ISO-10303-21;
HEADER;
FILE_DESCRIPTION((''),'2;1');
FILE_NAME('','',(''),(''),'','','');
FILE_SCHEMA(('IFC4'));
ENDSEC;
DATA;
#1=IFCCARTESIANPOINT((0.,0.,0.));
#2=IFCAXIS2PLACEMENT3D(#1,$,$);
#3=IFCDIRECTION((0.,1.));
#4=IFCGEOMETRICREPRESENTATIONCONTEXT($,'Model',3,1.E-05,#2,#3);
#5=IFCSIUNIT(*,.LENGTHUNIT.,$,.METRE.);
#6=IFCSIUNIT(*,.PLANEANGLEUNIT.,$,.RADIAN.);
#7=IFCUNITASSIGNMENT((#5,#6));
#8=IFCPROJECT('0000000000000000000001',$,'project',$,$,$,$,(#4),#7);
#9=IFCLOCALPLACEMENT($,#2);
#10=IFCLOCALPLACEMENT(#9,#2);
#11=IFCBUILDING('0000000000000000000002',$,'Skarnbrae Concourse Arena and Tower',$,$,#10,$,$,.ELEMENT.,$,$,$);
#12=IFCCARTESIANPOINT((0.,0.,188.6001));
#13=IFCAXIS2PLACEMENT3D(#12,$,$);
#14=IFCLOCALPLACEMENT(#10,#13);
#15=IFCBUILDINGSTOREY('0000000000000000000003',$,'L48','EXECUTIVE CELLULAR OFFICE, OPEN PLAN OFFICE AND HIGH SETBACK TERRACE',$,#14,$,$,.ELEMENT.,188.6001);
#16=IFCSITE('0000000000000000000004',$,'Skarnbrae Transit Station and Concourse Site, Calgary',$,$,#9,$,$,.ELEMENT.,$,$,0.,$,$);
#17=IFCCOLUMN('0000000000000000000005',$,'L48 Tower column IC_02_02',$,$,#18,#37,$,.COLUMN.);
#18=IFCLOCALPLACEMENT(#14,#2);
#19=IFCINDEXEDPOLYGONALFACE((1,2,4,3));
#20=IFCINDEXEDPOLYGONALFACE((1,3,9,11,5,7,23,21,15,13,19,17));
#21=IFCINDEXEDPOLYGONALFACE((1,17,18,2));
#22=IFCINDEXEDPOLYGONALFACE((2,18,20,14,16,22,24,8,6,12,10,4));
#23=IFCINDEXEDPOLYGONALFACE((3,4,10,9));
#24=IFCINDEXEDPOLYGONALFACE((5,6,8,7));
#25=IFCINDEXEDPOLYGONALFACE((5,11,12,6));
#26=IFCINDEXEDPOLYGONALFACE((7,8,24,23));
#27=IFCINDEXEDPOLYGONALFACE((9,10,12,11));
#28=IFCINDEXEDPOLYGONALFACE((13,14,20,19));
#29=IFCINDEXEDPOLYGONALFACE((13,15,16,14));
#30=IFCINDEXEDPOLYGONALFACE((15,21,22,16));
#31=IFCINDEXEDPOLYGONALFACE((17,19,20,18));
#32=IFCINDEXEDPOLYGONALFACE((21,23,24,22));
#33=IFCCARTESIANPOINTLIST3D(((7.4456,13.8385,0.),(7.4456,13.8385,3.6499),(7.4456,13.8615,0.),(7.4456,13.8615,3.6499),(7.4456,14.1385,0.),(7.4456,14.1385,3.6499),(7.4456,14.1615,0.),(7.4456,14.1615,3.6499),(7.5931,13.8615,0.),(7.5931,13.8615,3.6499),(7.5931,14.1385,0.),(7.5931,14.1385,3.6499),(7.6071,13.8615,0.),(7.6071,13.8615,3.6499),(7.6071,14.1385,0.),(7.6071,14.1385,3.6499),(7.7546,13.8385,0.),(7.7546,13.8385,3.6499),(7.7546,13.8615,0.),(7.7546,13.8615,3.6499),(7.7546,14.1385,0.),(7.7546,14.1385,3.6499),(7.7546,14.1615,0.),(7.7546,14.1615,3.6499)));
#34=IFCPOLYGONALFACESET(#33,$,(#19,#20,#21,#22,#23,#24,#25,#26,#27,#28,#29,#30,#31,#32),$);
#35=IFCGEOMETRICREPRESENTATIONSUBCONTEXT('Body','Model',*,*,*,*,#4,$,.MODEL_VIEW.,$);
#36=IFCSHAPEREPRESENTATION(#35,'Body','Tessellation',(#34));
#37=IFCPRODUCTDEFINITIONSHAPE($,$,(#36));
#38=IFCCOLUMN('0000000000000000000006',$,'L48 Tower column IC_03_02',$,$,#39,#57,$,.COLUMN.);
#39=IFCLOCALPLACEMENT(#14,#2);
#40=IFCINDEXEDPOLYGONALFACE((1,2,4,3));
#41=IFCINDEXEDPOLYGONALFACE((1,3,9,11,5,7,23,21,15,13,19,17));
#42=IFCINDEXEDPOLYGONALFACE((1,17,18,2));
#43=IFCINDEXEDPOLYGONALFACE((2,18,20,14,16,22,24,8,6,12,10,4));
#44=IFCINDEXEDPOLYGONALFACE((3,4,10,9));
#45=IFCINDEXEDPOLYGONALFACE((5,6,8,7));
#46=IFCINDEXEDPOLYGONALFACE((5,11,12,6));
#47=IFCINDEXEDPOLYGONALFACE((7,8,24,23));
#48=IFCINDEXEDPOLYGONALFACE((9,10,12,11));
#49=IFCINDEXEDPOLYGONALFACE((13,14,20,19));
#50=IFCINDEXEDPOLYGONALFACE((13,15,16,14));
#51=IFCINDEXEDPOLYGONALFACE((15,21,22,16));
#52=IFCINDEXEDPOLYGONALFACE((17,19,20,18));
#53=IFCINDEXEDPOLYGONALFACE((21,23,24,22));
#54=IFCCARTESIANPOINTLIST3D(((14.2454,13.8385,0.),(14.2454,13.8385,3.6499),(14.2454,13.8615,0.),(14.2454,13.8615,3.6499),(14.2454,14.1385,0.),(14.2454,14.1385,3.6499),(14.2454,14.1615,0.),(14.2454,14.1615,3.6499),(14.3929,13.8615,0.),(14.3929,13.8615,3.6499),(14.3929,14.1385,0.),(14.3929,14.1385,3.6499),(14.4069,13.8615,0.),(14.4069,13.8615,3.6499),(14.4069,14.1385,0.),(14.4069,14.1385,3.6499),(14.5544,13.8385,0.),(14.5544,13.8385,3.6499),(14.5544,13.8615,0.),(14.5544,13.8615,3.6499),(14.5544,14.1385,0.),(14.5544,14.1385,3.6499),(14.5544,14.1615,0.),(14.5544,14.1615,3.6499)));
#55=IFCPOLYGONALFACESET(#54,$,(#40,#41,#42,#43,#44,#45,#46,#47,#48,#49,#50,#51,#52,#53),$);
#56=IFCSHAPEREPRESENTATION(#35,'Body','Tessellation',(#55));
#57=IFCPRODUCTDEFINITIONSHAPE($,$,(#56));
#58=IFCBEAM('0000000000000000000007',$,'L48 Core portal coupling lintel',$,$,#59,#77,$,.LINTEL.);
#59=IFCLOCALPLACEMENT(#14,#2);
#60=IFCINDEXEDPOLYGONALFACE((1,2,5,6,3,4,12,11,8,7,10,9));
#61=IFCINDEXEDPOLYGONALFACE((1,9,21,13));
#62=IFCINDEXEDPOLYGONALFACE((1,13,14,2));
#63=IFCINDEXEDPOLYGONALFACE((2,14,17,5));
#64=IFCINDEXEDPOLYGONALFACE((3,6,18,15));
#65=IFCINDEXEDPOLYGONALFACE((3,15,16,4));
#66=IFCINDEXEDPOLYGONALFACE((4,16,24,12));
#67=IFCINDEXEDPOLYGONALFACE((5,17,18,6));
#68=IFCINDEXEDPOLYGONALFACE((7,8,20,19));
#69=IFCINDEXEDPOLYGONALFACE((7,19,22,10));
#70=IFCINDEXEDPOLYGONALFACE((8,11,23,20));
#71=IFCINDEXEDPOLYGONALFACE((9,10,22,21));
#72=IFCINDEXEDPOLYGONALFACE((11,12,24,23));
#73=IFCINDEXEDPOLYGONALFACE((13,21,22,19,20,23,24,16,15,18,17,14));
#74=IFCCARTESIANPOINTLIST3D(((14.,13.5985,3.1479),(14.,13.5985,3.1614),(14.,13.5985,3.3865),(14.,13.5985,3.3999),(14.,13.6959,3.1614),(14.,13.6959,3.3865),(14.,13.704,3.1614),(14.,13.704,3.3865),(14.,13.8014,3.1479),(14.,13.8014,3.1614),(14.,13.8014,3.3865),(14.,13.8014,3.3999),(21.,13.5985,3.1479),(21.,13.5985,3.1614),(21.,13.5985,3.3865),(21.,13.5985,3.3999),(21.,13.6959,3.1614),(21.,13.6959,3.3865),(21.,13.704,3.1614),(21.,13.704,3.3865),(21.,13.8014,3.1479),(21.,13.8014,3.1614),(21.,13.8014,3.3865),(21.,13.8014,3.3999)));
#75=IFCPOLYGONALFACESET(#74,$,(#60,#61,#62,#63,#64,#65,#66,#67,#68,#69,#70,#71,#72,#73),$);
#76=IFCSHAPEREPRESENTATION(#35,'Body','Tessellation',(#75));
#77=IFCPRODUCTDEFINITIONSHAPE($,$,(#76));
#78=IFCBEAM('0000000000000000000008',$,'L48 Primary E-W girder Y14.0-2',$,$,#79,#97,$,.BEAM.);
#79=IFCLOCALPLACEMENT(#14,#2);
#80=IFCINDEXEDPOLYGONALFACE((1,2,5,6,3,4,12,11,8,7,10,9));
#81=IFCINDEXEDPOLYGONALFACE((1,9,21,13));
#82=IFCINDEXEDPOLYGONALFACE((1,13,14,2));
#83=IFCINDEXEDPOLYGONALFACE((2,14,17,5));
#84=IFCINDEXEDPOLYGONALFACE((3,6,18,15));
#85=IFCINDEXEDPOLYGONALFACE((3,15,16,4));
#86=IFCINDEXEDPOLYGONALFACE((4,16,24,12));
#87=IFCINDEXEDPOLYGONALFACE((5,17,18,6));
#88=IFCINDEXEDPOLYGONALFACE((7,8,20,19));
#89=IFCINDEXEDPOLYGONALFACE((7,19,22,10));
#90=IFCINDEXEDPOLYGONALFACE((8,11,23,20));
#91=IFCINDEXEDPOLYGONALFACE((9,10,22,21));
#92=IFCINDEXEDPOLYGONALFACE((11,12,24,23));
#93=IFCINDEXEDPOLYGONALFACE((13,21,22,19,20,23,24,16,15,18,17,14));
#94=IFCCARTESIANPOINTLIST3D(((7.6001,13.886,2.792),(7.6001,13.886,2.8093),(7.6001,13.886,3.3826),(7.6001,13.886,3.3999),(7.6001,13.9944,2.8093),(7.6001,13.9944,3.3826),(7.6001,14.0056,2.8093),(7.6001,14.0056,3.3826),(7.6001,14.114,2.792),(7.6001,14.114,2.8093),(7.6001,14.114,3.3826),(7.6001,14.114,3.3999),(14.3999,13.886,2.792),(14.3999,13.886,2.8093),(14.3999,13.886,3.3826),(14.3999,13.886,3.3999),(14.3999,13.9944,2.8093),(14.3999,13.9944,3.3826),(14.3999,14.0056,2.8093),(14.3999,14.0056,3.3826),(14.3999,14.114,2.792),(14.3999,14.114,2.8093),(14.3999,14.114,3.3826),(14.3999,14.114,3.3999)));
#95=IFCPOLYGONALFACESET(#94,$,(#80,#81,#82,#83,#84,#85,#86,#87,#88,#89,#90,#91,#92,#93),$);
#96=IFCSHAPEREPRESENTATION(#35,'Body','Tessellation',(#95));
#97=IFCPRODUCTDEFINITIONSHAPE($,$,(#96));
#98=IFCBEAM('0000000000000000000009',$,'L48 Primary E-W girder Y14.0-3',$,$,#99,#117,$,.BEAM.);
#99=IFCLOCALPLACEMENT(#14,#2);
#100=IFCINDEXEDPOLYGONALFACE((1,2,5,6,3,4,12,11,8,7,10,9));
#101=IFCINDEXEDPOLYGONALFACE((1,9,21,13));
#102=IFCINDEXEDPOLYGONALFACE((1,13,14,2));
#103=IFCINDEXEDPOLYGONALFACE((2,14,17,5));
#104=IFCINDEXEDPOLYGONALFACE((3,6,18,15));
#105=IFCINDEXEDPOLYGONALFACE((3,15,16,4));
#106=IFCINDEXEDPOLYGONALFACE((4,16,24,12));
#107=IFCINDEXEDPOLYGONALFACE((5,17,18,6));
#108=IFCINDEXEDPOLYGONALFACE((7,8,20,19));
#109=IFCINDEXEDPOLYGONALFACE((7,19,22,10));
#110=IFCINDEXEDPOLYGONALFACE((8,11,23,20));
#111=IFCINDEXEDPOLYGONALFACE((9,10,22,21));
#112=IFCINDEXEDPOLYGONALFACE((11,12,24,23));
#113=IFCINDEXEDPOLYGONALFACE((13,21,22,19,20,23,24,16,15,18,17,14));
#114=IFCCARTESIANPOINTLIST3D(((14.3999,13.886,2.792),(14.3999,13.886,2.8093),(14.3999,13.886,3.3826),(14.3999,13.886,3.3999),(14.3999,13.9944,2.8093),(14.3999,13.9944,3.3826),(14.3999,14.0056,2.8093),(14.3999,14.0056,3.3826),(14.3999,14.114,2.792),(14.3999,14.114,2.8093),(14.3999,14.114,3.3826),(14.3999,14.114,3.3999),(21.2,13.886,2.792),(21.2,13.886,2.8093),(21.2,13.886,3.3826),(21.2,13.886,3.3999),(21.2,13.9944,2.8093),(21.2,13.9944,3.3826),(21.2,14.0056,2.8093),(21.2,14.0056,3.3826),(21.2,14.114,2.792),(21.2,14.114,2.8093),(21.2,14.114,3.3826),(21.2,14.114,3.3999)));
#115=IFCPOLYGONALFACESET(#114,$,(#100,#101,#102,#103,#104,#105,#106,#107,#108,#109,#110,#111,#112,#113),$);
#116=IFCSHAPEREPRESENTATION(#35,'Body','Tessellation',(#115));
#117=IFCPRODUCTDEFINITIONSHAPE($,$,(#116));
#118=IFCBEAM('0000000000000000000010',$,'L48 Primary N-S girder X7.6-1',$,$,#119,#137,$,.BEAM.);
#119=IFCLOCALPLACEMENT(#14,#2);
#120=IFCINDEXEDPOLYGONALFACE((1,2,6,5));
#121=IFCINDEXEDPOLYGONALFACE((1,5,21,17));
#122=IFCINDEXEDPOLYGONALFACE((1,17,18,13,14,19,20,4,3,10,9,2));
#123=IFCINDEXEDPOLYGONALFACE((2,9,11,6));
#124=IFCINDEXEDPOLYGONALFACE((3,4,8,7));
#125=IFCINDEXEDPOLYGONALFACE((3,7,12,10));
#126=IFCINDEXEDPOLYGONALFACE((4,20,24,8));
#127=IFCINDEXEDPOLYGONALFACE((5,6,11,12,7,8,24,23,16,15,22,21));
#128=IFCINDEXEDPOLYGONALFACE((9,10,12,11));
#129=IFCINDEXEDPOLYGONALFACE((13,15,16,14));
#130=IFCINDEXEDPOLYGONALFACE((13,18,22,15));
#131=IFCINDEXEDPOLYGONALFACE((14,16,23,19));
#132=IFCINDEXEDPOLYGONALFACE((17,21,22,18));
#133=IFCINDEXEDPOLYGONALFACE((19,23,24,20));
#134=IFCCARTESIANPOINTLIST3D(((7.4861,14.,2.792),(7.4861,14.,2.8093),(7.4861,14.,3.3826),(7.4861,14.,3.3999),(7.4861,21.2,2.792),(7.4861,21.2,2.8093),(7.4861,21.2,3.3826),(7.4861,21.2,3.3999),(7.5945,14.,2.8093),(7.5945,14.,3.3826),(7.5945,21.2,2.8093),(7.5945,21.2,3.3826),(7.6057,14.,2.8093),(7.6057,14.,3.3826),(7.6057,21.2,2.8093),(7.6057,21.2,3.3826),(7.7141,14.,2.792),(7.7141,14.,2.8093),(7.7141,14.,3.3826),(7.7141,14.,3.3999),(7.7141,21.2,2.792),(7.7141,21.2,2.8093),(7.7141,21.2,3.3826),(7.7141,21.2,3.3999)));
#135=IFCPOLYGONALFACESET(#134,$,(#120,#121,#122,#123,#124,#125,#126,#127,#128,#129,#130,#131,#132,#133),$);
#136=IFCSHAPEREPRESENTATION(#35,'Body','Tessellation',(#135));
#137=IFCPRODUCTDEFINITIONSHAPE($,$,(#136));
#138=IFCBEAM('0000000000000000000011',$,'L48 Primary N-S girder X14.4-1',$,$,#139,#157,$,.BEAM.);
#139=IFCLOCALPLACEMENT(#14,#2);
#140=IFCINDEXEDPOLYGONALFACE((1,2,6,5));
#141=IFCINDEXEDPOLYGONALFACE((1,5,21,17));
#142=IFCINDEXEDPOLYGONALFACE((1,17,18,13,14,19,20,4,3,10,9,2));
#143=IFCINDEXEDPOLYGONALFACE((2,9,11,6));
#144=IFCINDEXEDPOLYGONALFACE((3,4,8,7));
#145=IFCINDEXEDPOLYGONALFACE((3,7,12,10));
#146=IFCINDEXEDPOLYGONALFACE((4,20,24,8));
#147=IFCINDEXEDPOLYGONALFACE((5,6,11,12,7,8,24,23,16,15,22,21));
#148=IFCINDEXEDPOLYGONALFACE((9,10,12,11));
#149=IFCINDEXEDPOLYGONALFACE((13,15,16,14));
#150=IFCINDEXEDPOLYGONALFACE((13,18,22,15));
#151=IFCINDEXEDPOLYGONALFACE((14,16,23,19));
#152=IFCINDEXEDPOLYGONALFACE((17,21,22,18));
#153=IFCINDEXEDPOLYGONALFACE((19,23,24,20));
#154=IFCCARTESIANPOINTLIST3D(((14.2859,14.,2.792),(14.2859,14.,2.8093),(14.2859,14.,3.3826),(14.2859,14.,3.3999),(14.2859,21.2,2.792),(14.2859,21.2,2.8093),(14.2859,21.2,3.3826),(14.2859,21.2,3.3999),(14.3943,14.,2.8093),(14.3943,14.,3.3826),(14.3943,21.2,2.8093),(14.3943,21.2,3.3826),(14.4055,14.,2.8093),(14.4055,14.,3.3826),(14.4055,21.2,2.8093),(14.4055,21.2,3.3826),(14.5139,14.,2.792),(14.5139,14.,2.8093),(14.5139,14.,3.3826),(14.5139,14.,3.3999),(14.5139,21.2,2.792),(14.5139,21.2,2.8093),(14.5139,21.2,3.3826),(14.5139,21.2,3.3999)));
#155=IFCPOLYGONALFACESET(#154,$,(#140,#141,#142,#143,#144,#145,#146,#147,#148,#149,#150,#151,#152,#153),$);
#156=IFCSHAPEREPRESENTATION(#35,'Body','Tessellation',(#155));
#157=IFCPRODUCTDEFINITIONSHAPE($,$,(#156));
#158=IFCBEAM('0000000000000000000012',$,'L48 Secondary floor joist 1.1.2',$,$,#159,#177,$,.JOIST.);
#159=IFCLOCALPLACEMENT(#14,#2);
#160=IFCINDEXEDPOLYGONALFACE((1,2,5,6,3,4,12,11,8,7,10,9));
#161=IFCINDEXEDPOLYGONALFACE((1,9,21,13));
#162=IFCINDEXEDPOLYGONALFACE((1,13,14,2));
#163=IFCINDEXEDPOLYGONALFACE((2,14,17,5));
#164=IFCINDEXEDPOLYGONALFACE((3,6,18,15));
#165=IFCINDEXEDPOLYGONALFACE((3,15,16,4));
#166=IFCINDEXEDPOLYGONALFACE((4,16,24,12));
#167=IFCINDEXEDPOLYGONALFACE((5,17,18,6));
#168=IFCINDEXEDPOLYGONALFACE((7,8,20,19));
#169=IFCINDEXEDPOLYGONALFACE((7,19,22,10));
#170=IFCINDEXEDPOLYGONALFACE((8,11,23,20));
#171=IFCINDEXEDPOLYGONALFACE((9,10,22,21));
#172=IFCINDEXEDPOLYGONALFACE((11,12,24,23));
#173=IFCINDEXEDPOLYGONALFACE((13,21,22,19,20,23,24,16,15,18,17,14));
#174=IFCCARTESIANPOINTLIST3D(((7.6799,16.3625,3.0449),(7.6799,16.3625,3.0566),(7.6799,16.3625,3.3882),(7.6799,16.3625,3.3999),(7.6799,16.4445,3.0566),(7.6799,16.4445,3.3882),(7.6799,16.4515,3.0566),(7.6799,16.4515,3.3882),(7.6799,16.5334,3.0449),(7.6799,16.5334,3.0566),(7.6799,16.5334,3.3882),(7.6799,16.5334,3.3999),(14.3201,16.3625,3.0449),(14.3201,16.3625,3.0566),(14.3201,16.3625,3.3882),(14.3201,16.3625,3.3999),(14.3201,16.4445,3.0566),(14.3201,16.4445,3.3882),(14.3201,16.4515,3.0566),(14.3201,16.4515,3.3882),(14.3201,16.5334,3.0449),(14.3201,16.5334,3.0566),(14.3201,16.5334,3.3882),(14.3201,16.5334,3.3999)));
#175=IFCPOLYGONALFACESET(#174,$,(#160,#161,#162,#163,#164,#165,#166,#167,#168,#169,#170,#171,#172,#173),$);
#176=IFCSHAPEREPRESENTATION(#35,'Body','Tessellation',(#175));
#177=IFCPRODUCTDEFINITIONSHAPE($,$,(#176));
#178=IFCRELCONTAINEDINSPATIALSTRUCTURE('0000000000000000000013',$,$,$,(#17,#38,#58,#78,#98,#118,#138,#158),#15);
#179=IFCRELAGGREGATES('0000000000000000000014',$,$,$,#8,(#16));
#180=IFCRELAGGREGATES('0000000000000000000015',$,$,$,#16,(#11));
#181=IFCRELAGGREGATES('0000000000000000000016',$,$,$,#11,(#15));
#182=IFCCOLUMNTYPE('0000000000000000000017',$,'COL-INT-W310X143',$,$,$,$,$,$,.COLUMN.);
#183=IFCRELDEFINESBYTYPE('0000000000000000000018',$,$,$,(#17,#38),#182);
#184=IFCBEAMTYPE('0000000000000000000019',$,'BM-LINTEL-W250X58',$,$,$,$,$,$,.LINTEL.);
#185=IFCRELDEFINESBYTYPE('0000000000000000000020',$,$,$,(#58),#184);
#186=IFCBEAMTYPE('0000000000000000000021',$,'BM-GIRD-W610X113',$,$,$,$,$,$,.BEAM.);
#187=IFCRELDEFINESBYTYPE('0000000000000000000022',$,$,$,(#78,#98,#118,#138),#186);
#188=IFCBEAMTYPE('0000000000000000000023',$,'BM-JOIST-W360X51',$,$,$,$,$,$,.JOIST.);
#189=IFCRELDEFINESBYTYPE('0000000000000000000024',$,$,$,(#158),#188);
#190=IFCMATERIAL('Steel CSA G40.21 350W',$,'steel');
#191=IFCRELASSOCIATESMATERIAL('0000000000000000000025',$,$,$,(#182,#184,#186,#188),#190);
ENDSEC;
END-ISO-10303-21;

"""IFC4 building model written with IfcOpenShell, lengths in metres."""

from ifc_helpers import new_model, si_unit, direction, frame, origin, origin_2d, place, context, subcontext, project, spatial, i_section, extrude, source, transform, mapped, material, material_profile, profile_set, type_object, element, save


model = new_model("IFC4")

# Units and contexts
model_context = context("Model", 3, precision=1e-05, world=origin(), true_north=direction((0.0, 1.0)))
body_context = subcontext(model_context, "Body", "Model", "MODEL_VIEW")
ifc_project = project(units=[si_unit("LENGTHUNIT", "METRE"), si_unit("PLANEANGLEUNIT", "RADIAN")], contexts=[model_context])

# Site, building, storey
site_placement = place(None, origin())
site = spatial("IfcSite", under=ifc_project, at=site_placement, Name="Skarnbrae Transit Station and Concourse Site, Calgary", CompositionType="ELEMENT", RefElevation=0.0)
building_placement = place(site_placement, origin())
building = spatial("IfcBuilding", under=site, at=building_placement, Name="Skarnbrae Concourse Arena and Tower", CompositionType="ELEMENT")
storey_placement = place(building_placement, frame((0.0, 0.0, 188.6001)))
storey = spatial("IfcBuildingStorey", under=building, at=storey_placement, Name="L48", Description="EXECUTIVE CELLULAR OFFICE, OPEN PLAN OFFICE AND HIGH SETBACK TERRACE", CompositionType="ELEMENT", Elevation=188.6001)

# Columns
ifc_material_1 = material(Name="Steel CSA G40.21 350W", Category="steel")
ifc_material_profile_1 = material_profile(ifc_material_1, i_section(OverallWidth=0.3091, OverallDepth=0.323, WebThickness=0.0139, FlangeThickness=0.0229, at=origin_2d()), Name="W310X143")
ifc_profile_set_1 = profile_set([ifc_material_profile_1], Name="Steel CSA G40.21 350W")
column_type = type_object("IfcColumnType", Name="COL-INT-W310X143", PredefinedType="COLUMN", material=ifc_profile_set_1)
shared_shape_1 = source(origin(), body_context, "Body", "SweptSolid", [
    extrude(i_section(OverallWidth=0.3091, OverallDepth=0.323, WebThickness=0.0139, FlangeThickness=0.0229, at=origin_2d()), origin(), (0.0, 0.0, 1.0), 3.6499),
])
for number, where, z_axis, x_axis, name in (
    (1, (7.6001, 14.0, 0.0), (0.0, 0.0, 1.0), (1.0, 0.0, 0.0), "L48 Tower column IC_02_02"),
    (2, (14.3999, 14.0, 0.0), (0.0, 0.0, 1.0), (1.0, 0.0, 0.0), "L48 Tower column IC_03_02"),
):
    element("IfcColumn", number, at=place(storey_placement, frame(where, z_axis=z_axis, x_axis=x_axis)), inside=storey, type_object=column_type, Name=name, PredefinedType="COLUMN", context=body_context, shape_type="MappedRepresentation", body=[
        mapped(shared_shape_1, transform((0.0, 0.0, 0.0))),
    ])

# Beams
ifc_material_profile_2 = material_profile(ifc_material_1, i_section(OverallWidth=0.2029, OverallDepth=0.252, WebThickness=0.0081, FlangeThickness=0.0134, at=origin_2d()), Name="W250X58")
ifc_profile_set_2 = profile_set([ifc_material_profile_2], Name="Steel CSA G40.21 350W")
beam_type_1 = type_object("IfcBeamType", Name="BM-LINTEL-W250X58", PredefinedType="LINTEL", material=ifc_profile_set_2)
shared_shape_2 = source(origin(), body_context, "Body", "SweptSolid", [
    extrude(i_section(OverallWidth=0.2029, OverallDepth=0.252, WebThickness=0.0081, FlangeThickness=0.0134, at=origin_2d()), origin(), (0.0, 0.0, 1.0), 7.0),
])
beam_1_placement = place(storey_placement, frame((14.0, 13.7, 3.2739), z_axis=(1.0, 0.0, 0.0), x_axis=(0.0, 1.0, 0.0)))
element("IfcBeam", 3, at=beam_1_placement, inside=storey, type_object=beam_type_1, Name="L48 Core portal coupling lintel", PredefinedType="LINTEL", context=body_context, shape_type="MappedRepresentation", body=[
    mapped(shared_shape_2, transform((0.0, 0.0, 0.0))),
])
ifc_material_profile_3 = material_profile(ifc_material_1, i_section(OverallWidth=0.228, OverallDepth=0.6079, WebThickness=0.0112, FlangeThickness=0.0173, at=origin_2d()), Name="W610X113")
ifc_profile_set_3 = profile_set([ifc_material_profile_3], Name="Steel CSA G40.21 350W")
beam_type_2 = type_object("IfcBeamType", Name="BM-GIRD-W610X113", PredefinedType="BEAM", material=ifc_profile_set_3)
shared_shape_3 = source(origin(), body_context, "Body", "SweptSolid", [
    extrude(i_section(OverallWidth=0.228, OverallDepth=0.6079, WebThickness=0.0112, FlangeThickness=0.0173, at=origin_2d()), origin(), (0.0, 0.0, 1.0), 6.7998),
])
beam_2_placement = place(storey_placement, frame((7.6001, 14.0, 3.0959), z_axis=(1.0, 0.0, 0.0), x_axis=(0.0, 1.0, 0.0)))
element("IfcBeam", 4, at=beam_2_placement, inside=storey, type_object=beam_type_2, Name="L48 Primary E-W girder Y14.0-2", PredefinedType="BEAM", context=body_context, shape_type="MappedRepresentation", body=[
    mapped(shared_shape_3, transform((0.0, 0.0, 0.0))),
])
shared_shape_4 = source(origin(), body_context, "Body", "SweptSolid", [
    extrude(i_section(OverallWidth=0.228, OverallDepth=0.6079, WebThickness=0.0112, FlangeThickness=0.0173, at=origin_2d()), origin(), (0.0, 0.0, 1.0), 6.8),
])
beam_3_placement = place(storey_placement, frame((14.3999, 14.0, 3.0959), z_axis=(1.0, 0.0, 0.0), x_axis=(0.0, 1.0, 0.0)))
element("IfcBeam", 5, at=beam_3_placement, inside=storey, type_object=beam_type_2, Name="L48 Primary E-W girder Y14.0-3", PredefinedType="BEAM", context=body_context, shape_type="MappedRepresentation", body=[
    mapped(shared_shape_4, transform((0.0, 0.0, 0.0))),
])
shared_shape_5 = source(origin(), body_context, "Body", "SweptSolid", [
    extrude(i_section(OverallWidth=0.228, OverallDepth=0.6079, WebThickness=0.0112, FlangeThickness=0.0173, at=origin_2d()), origin(), (0.0, 0.0, 1.0), 7.2),
])
for number, where, z_axis, x_axis, name in (
    (6, (7.6001, 14.0, 3.0959), (0.0, 1.0, 0.0), (-1.0, 0.0, 0.0), "L48 Primary N-S girder X7.6-1"),
    (7, (14.3999, 14.0, 3.0959), (0.0, 1.0, 0.0), (-1.0, 0.0, 0.0), "L48 Primary N-S girder X14.4-1"),
):
    element("IfcBeam", number, at=place(storey_placement, frame(where, z_axis=z_axis, x_axis=x_axis)), inside=storey, type_object=beam_type_2, Name=name, PredefinedType="BEAM", context=body_context, shape_type="MappedRepresentation", body=[
        mapped(shared_shape_5, transform((0.0, 0.0, 0.0))),
    ])
ifc_material_profile_4 = material_profile(ifc_material_1, i_section(OverallWidth=0.1709, OverallDepth=0.355, WebThickness=0.0071, FlangeThickness=0.0117, at=origin_2d()), Name="W360X51")
ifc_profile_set_4 = profile_set([ifc_material_profile_4], Name="Steel CSA G40.21 350W")
beam_type_3 = type_object("IfcBeamType", Name="BM-JOIST-W360X51", PredefinedType="JOIST", material=ifc_profile_set_4)
shared_shape_6 = source(origin(), body_context, "Body", "SweptSolid", [
    extrude(i_section(OverallWidth=0.1709, OverallDepth=0.355, WebThickness=0.0071, FlangeThickness=0.0117, at=origin_2d()), origin(), (0.0, 0.0, 1.0), 6.6401),
])
for number, where, z_axis, x_axis, name in (
    (8, (7.6799, 16.448, 3.2224), (1.0, 0.0, 0.0), (0.0, 1.0, 0.0), "L48 Secondary floor joist 1.1.2"),
):
    element("IfcBeam", number, at=place(storey_placement, frame(where, z_axis=z_axis, x_axis=x_axis)), inside=storey, type_object=beam_type_3, Name=name, PredefinedType="JOIST", context=body_context, shape_type="MappedRepresentation", body=[
        mapped(shared_shape_6, transform((0.0, 0.0, 0.0))),
    ])

save(model, "model.ifc")
